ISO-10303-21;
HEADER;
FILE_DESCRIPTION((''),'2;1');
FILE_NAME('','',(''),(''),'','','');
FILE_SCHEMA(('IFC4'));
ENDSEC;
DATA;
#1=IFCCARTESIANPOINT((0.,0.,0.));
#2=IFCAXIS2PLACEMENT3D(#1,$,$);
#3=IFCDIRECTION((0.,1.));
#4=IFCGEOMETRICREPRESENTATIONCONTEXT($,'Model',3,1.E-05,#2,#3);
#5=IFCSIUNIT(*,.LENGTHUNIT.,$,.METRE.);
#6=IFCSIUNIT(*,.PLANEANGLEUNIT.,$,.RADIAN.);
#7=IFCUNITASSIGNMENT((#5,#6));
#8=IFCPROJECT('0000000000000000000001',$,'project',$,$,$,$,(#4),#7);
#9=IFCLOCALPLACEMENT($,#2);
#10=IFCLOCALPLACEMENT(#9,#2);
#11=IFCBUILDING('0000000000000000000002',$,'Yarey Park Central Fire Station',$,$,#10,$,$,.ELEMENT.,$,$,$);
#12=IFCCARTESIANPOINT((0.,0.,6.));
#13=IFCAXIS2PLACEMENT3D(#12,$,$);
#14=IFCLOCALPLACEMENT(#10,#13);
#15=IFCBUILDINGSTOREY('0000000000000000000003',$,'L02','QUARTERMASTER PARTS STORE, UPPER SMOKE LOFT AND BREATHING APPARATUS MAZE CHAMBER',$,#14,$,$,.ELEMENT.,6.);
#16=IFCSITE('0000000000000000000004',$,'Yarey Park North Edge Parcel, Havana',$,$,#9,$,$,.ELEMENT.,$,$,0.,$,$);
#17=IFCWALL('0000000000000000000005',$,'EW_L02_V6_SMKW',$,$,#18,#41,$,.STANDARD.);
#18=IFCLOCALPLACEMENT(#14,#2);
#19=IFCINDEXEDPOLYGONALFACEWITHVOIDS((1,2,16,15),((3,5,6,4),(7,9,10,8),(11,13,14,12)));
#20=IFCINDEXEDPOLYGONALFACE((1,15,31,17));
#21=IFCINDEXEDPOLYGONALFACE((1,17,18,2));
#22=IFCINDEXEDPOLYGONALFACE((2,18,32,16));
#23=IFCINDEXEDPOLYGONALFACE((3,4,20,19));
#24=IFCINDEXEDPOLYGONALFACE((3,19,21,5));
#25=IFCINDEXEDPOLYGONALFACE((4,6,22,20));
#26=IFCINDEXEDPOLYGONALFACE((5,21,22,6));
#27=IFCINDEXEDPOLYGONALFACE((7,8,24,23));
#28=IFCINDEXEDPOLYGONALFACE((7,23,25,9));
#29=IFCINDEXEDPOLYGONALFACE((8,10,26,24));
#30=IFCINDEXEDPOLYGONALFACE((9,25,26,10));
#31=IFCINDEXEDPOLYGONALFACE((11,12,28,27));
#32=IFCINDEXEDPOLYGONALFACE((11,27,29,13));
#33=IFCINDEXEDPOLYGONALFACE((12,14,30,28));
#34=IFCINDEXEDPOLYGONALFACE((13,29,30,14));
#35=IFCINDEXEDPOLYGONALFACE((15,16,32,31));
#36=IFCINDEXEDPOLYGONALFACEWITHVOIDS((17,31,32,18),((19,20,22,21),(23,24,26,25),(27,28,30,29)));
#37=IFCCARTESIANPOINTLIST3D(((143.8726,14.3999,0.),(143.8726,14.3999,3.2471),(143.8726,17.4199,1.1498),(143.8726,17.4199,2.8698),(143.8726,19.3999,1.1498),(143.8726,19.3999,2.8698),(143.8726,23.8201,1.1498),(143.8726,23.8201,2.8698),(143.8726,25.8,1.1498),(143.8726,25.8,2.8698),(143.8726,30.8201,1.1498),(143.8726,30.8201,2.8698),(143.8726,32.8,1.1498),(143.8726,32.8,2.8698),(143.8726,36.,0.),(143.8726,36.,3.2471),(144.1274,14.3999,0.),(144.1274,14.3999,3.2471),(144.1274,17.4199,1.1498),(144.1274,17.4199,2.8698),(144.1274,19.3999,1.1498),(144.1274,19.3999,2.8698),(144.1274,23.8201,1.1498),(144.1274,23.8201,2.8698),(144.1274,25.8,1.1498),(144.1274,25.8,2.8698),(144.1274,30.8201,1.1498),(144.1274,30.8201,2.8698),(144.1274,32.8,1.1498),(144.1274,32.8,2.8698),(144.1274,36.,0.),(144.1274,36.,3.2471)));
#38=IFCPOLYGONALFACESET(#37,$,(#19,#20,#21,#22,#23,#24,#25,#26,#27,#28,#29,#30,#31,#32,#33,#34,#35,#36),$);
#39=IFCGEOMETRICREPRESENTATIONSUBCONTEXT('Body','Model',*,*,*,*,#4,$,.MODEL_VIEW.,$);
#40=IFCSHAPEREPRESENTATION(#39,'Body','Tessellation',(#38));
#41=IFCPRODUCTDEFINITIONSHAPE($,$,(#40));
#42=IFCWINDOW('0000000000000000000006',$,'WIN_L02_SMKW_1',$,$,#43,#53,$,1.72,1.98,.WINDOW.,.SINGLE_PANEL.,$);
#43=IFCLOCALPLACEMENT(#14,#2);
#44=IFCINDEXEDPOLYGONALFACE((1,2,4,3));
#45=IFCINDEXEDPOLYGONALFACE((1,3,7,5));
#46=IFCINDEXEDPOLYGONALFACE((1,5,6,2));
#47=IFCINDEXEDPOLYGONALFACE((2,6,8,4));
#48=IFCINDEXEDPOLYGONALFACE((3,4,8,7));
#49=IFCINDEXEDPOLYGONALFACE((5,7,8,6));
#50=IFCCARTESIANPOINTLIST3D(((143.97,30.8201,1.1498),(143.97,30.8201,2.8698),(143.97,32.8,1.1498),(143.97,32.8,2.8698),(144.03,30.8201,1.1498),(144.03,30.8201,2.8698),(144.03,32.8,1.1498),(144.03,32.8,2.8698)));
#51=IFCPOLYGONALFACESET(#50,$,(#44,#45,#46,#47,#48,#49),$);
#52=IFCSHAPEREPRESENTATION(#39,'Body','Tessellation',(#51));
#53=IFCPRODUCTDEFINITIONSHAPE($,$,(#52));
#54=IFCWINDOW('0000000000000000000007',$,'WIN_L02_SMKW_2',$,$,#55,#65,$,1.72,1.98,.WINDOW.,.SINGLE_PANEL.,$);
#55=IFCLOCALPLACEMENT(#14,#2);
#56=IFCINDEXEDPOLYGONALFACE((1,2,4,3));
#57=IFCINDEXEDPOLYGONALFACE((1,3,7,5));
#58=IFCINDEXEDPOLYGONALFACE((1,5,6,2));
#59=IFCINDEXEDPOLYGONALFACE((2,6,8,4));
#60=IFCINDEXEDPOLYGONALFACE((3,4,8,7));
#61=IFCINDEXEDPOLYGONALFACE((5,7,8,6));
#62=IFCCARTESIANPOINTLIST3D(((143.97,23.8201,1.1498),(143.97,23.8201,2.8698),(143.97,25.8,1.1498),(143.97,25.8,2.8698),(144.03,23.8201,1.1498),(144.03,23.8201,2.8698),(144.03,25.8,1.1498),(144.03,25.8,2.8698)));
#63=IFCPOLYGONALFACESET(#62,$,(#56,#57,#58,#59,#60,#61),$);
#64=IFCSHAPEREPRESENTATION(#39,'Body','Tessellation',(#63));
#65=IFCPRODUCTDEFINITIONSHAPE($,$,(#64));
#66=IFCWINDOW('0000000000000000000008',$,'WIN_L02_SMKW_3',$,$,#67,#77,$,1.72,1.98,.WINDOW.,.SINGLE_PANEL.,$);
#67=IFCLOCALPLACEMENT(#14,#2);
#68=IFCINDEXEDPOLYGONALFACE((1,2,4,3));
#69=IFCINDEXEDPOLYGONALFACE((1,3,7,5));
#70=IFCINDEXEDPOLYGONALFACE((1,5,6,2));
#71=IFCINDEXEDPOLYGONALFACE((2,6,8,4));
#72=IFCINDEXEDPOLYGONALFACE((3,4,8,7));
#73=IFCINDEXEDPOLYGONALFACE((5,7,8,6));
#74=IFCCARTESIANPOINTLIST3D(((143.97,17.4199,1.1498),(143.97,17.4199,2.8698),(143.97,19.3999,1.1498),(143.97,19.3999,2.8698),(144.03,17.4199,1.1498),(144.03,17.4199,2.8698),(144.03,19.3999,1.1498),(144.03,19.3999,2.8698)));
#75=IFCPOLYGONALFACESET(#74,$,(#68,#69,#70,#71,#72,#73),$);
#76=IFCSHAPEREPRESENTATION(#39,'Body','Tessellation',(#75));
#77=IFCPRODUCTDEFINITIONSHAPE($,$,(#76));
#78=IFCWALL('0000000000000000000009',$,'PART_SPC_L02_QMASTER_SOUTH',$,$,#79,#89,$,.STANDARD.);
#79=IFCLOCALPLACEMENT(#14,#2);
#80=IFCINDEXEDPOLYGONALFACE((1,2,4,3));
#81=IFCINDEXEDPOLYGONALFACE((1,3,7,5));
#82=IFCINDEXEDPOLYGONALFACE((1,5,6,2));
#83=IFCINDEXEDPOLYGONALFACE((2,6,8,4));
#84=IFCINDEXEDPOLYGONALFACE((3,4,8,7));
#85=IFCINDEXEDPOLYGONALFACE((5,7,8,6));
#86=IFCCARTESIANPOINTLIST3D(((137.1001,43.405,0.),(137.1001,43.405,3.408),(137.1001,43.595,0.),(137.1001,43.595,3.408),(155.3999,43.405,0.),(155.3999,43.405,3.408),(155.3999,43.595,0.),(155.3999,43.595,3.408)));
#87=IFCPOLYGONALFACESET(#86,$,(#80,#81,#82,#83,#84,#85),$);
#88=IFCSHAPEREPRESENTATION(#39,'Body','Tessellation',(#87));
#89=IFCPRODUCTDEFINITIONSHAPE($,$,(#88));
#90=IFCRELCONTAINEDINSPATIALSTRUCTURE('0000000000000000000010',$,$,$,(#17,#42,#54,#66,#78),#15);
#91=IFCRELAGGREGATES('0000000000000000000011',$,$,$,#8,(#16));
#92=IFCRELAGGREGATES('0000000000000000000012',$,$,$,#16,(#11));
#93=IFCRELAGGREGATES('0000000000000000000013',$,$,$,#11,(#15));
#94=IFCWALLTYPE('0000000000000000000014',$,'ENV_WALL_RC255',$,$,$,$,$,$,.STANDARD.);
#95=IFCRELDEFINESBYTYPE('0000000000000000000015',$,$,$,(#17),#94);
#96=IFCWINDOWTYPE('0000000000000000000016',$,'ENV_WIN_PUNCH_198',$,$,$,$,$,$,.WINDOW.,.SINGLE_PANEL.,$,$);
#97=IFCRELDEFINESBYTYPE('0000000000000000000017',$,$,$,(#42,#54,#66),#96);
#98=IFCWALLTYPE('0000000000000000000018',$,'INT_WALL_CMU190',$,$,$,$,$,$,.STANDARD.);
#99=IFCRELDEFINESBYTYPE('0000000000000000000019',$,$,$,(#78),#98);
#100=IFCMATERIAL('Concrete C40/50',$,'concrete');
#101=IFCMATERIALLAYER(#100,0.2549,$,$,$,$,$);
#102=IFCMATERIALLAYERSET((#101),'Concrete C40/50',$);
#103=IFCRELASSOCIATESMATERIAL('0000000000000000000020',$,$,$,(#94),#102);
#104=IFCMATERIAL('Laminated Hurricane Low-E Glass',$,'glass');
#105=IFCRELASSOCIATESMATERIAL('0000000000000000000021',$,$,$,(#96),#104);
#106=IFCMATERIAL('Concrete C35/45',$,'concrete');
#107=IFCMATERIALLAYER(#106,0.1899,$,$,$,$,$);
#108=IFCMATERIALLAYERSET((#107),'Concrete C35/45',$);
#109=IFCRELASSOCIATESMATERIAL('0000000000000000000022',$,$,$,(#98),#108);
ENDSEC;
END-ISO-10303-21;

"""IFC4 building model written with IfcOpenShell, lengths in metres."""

from ifc_helpers import new_model, si_unit, direction, frame, frame_2d, origin, place, context, subcontext, project, spatial, rectangle, extrude, material, layer, layer_set, type_object, element, fill, save


model = new_model("IFC4")

# Units and contexts
model_context = context("Model", 3, precision=1e-05, world=origin(), true_north=direction((0.0, 1.0)))
body_context = subcontext(model_context, "Body", "Model", "MODEL_VIEW")
ifc_project = project(units=[si_unit("LENGTHUNIT", "METRE"), si_unit("PLANEANGLEUNIT", "RADIAN")], contexts=[model_context])

# Site, building, storey
site_placement = place(None, origin())
site = spatial("IfcSite", under=ifc_project, at=site_placement, Name="Yarey Park North Edge Parcel, Havana", CompositionType="ELEMENT", RefElevation=0.0)
building_placement = place(site_placement, origin())
building = spatial("IfcBuilding", under=site, at=building_placement, Name="Yarey Park Central Fire Station", CompositionType="ELEMENT")
storey_placement = place(building_placement, frame((0.0, 0.0, 6.0)))
storey = spatial("IfcBuildingStorey", under=building, at=storey_placement, Name="L02", Description="QUARTERMASTER PARTS STORE, UPPER SMOKE LOFT AND BREATHING APPARATUS MAZE CHAMBER", CompositionType="ELEMENT", Elevation=6.0)

# Shared definitions
ifc_material_1 = material(Name="Concrete C40/50", Category="concrete")

# Shared definitions
ifc_material_2 = material(Name="Concrete C35/45", Category="concrete")

# Wall, openings, windows
ifc_layer_1 = layer(ifc_material_1, 0.2549)
ifc_layer_set_1 = layer_set([ifc_layer_1], Name="Concrete C40/50")
wall_type_1 = type_object("IfcWallType", Name="ENV_WALL_RC255", PredefinedType="STANDARD", material=ifc_layer_set_1)
wall_1_placement = place(storey_placement, frame((144.0, 36.0, 0.0), z_axis=(0.0, 0.0, 1.0), x_axis=(0.0, -1.0, 0.0)))
wall_1 = element("IfcWall", 1, at=wall_1_placement, inside=storey, type_object=wall_type_1, Name="EW_L02_V6_SMKW", PredefinedType="STANDARD", context=body_context, shape_type="SweptSolid", body=[
    extrude(rectangle(XDim=21.6001, YDim=0.2549, at=frame_2d((10.8, 0.0))), origin(), (0.0, 0.0, 1.0), 3.2471),
])
opening_1_placement = place(wall_1_placement, frame((3.2, 0.0, 1.1499)))
opening_1 = element("IfcOpeningElement", 2, at=opening_1_placement, cuts=wall_1, PredefinedType="OPENING", context=body_context, shape_type="SweptSolid", body=[
    extrude(rectangle(XDim=1.98, YDim=1.72, at=frame_2d((0.99, 0.8599))), frame((0.0, 0.1375, 0.0), z_axis=(0.0, -1.0, 0.0), x_axis=(1.0, 0.0, 0.0)), (0.0, 0.0, 1.0), 0.2749),
])
opening_2_placement = place(wall_1_placement, frame((10.2, 0.0, 1.1499)))
opening_2 = element("IfcOpeningElement", 3, at=opening_2_placement, cuts=wall_1, PredefinedType="OPENING", context=body_context, shape_type="SweptSolid", body=[
    extrude(rectangle(XDim=1.98, YDim=1.72, at=frame_2d((0.99, 0.8599))), frame((0.0, 0.1375, 0.0), z_axis=(0.0, -1.0, 0.0), x_axis=(1.0, 0.0, 0.0)), (0.0, 0.0, 1.0), 0.2749),
])
opening_3_placement = place(wall_1_placement, frame((16.6001, 0.0, 1.1499)))
opening_3 = element("IfcOpeningElement", 4, at=opening_3_placement, cuts=wall_1, PredefinedType="OPENING", context=body_context, shape_type="SweptSolid", body=[
    extrude(rectangle(XDim=1.98, YDim=1.72, at=frame_2d((0.99, 0.8599))), frame((0.0, 0.1375, 0.0), z_axis=(0.0, -1.0, 0.0), x_axis=(1.0, 0.0, 0.0)), (0.0, 0.0, 1.0), 0.2749),
])
ifc_material_3 = material(Name="Laminated Hurricane Low-E Glass", Category="glass")
window_type = type_object("IfcWindowType", Name="ENV_WIN_PUNCH_198", PartitioningType="SINGLE_PANEL", PredefinedType="WINDOW", material=ifc_material_3)
window_1_placement = place(opening_1_placement, origin())
window_1 = element("IfcWindow", 5, at=window_1_placement, inside=storey, type_object=window_type, Name="WIN_L02_SMKW_1", OverallHeight=1.72, OverallWidth=1.98, PartitioningType="SINGLE_PANEL", PredefinedType="WINDOW", context=body_context, shape_type="SweptSolid", body=[
    extrude(rectangle(XDim=1.98, YDim=1.72, at=frame_2d((0.99, 0.8599))), frame((0.0, 0.03, 0.0), z_axis=(0.0, -1.0, 0.0), x_axis=(1.0, 0.0, 0.0)), (0.0, 0.0, 1.0), 0.0601),
])
fill(opening_1, window_1)
window_2_placement = place(opening_2_placement, origin())
window_2 = element("IfcWindow", 6, at=window_2_placement, inside=storey, type_object=window_type, Name="WIN_L02_SMKW_2", OverallHeight=1.72, OverallWidth=1.98, PartitioningType="SINGLE_PANEL", PredefinedType="WINDOW", context=body_context, shape_type="SweptSolid", body=[
    extrude(rectangle(XDim=1.98, YDim=1.72, at=frame_2d((0.99, 0.8599))), frame((0.0, 0.03, 0.0), z_axis=(0.0, -1.0, 0.0), x_axis=(1.0, 0.0, 0.0)), (0.0, 0.0, 1.0), 0.0601),
])
fill(opening_2, window_2)
window_3_placement = place(opening_3_placement, origin())
window_3 = element("IfcWindow", 7, at=window_3_placement, inside=storey, type_object=window_type, Name="WIN_L02_SMKW_3", OverallHeight=1.72, OverallWidth=1.98, PartitioningType="SINGLE_PANEL", PredefinedType="WINDOW", context=body_context, shape_type="SweptSolid", body=[
    extrude(rectangle(XDim=1.98, YDim=1.72, at=frame_2d((0.99, 0.8599))), frame((0.0, 0.03, 0.0), z_axis=(0.0, -1.0, 0.0), x_axis=(1.0, 0.0, 0.0)), (0.0, 0.0, 1.0), 0.0601),
])
fill(opening_3, window_3)

# Wall
ifc_layer_2 = layer(ifc_material_2, 0.1899)
ifc_layer_set_2 = layer_set([ifc_layer_2], Name="Concrete C35/45")
wall_type_2 = type_object("IfcWallType", Name="INT_WALL_CMU190", PredefinedType="STANDARD", material=ifc_layer_set_2)
wall_2_placement = place(storey_placement, frame((137.1001, 43.5, 0.0), z_axis=(0.0, 0.0, 1.0), x_axis=(1.0, 0.0, 0.0)))
element("IfcWall", 8, at=wall_2_placement, inside=storey, type_object=wall_type_2, Name="PART_SPC_L02_QMASTER_SOUTH", PredefinedType="STANDARD", context=body_context, shape_type="SweptSolid", body=[
    extrude(rectangle(XDim=18.2998, YDim=0.1899, at=frame_2d((9.1499, 0.0))), origin(), (0.0, 0.0, 1.0), 3.408),
])

save(model, "model.ifc")
